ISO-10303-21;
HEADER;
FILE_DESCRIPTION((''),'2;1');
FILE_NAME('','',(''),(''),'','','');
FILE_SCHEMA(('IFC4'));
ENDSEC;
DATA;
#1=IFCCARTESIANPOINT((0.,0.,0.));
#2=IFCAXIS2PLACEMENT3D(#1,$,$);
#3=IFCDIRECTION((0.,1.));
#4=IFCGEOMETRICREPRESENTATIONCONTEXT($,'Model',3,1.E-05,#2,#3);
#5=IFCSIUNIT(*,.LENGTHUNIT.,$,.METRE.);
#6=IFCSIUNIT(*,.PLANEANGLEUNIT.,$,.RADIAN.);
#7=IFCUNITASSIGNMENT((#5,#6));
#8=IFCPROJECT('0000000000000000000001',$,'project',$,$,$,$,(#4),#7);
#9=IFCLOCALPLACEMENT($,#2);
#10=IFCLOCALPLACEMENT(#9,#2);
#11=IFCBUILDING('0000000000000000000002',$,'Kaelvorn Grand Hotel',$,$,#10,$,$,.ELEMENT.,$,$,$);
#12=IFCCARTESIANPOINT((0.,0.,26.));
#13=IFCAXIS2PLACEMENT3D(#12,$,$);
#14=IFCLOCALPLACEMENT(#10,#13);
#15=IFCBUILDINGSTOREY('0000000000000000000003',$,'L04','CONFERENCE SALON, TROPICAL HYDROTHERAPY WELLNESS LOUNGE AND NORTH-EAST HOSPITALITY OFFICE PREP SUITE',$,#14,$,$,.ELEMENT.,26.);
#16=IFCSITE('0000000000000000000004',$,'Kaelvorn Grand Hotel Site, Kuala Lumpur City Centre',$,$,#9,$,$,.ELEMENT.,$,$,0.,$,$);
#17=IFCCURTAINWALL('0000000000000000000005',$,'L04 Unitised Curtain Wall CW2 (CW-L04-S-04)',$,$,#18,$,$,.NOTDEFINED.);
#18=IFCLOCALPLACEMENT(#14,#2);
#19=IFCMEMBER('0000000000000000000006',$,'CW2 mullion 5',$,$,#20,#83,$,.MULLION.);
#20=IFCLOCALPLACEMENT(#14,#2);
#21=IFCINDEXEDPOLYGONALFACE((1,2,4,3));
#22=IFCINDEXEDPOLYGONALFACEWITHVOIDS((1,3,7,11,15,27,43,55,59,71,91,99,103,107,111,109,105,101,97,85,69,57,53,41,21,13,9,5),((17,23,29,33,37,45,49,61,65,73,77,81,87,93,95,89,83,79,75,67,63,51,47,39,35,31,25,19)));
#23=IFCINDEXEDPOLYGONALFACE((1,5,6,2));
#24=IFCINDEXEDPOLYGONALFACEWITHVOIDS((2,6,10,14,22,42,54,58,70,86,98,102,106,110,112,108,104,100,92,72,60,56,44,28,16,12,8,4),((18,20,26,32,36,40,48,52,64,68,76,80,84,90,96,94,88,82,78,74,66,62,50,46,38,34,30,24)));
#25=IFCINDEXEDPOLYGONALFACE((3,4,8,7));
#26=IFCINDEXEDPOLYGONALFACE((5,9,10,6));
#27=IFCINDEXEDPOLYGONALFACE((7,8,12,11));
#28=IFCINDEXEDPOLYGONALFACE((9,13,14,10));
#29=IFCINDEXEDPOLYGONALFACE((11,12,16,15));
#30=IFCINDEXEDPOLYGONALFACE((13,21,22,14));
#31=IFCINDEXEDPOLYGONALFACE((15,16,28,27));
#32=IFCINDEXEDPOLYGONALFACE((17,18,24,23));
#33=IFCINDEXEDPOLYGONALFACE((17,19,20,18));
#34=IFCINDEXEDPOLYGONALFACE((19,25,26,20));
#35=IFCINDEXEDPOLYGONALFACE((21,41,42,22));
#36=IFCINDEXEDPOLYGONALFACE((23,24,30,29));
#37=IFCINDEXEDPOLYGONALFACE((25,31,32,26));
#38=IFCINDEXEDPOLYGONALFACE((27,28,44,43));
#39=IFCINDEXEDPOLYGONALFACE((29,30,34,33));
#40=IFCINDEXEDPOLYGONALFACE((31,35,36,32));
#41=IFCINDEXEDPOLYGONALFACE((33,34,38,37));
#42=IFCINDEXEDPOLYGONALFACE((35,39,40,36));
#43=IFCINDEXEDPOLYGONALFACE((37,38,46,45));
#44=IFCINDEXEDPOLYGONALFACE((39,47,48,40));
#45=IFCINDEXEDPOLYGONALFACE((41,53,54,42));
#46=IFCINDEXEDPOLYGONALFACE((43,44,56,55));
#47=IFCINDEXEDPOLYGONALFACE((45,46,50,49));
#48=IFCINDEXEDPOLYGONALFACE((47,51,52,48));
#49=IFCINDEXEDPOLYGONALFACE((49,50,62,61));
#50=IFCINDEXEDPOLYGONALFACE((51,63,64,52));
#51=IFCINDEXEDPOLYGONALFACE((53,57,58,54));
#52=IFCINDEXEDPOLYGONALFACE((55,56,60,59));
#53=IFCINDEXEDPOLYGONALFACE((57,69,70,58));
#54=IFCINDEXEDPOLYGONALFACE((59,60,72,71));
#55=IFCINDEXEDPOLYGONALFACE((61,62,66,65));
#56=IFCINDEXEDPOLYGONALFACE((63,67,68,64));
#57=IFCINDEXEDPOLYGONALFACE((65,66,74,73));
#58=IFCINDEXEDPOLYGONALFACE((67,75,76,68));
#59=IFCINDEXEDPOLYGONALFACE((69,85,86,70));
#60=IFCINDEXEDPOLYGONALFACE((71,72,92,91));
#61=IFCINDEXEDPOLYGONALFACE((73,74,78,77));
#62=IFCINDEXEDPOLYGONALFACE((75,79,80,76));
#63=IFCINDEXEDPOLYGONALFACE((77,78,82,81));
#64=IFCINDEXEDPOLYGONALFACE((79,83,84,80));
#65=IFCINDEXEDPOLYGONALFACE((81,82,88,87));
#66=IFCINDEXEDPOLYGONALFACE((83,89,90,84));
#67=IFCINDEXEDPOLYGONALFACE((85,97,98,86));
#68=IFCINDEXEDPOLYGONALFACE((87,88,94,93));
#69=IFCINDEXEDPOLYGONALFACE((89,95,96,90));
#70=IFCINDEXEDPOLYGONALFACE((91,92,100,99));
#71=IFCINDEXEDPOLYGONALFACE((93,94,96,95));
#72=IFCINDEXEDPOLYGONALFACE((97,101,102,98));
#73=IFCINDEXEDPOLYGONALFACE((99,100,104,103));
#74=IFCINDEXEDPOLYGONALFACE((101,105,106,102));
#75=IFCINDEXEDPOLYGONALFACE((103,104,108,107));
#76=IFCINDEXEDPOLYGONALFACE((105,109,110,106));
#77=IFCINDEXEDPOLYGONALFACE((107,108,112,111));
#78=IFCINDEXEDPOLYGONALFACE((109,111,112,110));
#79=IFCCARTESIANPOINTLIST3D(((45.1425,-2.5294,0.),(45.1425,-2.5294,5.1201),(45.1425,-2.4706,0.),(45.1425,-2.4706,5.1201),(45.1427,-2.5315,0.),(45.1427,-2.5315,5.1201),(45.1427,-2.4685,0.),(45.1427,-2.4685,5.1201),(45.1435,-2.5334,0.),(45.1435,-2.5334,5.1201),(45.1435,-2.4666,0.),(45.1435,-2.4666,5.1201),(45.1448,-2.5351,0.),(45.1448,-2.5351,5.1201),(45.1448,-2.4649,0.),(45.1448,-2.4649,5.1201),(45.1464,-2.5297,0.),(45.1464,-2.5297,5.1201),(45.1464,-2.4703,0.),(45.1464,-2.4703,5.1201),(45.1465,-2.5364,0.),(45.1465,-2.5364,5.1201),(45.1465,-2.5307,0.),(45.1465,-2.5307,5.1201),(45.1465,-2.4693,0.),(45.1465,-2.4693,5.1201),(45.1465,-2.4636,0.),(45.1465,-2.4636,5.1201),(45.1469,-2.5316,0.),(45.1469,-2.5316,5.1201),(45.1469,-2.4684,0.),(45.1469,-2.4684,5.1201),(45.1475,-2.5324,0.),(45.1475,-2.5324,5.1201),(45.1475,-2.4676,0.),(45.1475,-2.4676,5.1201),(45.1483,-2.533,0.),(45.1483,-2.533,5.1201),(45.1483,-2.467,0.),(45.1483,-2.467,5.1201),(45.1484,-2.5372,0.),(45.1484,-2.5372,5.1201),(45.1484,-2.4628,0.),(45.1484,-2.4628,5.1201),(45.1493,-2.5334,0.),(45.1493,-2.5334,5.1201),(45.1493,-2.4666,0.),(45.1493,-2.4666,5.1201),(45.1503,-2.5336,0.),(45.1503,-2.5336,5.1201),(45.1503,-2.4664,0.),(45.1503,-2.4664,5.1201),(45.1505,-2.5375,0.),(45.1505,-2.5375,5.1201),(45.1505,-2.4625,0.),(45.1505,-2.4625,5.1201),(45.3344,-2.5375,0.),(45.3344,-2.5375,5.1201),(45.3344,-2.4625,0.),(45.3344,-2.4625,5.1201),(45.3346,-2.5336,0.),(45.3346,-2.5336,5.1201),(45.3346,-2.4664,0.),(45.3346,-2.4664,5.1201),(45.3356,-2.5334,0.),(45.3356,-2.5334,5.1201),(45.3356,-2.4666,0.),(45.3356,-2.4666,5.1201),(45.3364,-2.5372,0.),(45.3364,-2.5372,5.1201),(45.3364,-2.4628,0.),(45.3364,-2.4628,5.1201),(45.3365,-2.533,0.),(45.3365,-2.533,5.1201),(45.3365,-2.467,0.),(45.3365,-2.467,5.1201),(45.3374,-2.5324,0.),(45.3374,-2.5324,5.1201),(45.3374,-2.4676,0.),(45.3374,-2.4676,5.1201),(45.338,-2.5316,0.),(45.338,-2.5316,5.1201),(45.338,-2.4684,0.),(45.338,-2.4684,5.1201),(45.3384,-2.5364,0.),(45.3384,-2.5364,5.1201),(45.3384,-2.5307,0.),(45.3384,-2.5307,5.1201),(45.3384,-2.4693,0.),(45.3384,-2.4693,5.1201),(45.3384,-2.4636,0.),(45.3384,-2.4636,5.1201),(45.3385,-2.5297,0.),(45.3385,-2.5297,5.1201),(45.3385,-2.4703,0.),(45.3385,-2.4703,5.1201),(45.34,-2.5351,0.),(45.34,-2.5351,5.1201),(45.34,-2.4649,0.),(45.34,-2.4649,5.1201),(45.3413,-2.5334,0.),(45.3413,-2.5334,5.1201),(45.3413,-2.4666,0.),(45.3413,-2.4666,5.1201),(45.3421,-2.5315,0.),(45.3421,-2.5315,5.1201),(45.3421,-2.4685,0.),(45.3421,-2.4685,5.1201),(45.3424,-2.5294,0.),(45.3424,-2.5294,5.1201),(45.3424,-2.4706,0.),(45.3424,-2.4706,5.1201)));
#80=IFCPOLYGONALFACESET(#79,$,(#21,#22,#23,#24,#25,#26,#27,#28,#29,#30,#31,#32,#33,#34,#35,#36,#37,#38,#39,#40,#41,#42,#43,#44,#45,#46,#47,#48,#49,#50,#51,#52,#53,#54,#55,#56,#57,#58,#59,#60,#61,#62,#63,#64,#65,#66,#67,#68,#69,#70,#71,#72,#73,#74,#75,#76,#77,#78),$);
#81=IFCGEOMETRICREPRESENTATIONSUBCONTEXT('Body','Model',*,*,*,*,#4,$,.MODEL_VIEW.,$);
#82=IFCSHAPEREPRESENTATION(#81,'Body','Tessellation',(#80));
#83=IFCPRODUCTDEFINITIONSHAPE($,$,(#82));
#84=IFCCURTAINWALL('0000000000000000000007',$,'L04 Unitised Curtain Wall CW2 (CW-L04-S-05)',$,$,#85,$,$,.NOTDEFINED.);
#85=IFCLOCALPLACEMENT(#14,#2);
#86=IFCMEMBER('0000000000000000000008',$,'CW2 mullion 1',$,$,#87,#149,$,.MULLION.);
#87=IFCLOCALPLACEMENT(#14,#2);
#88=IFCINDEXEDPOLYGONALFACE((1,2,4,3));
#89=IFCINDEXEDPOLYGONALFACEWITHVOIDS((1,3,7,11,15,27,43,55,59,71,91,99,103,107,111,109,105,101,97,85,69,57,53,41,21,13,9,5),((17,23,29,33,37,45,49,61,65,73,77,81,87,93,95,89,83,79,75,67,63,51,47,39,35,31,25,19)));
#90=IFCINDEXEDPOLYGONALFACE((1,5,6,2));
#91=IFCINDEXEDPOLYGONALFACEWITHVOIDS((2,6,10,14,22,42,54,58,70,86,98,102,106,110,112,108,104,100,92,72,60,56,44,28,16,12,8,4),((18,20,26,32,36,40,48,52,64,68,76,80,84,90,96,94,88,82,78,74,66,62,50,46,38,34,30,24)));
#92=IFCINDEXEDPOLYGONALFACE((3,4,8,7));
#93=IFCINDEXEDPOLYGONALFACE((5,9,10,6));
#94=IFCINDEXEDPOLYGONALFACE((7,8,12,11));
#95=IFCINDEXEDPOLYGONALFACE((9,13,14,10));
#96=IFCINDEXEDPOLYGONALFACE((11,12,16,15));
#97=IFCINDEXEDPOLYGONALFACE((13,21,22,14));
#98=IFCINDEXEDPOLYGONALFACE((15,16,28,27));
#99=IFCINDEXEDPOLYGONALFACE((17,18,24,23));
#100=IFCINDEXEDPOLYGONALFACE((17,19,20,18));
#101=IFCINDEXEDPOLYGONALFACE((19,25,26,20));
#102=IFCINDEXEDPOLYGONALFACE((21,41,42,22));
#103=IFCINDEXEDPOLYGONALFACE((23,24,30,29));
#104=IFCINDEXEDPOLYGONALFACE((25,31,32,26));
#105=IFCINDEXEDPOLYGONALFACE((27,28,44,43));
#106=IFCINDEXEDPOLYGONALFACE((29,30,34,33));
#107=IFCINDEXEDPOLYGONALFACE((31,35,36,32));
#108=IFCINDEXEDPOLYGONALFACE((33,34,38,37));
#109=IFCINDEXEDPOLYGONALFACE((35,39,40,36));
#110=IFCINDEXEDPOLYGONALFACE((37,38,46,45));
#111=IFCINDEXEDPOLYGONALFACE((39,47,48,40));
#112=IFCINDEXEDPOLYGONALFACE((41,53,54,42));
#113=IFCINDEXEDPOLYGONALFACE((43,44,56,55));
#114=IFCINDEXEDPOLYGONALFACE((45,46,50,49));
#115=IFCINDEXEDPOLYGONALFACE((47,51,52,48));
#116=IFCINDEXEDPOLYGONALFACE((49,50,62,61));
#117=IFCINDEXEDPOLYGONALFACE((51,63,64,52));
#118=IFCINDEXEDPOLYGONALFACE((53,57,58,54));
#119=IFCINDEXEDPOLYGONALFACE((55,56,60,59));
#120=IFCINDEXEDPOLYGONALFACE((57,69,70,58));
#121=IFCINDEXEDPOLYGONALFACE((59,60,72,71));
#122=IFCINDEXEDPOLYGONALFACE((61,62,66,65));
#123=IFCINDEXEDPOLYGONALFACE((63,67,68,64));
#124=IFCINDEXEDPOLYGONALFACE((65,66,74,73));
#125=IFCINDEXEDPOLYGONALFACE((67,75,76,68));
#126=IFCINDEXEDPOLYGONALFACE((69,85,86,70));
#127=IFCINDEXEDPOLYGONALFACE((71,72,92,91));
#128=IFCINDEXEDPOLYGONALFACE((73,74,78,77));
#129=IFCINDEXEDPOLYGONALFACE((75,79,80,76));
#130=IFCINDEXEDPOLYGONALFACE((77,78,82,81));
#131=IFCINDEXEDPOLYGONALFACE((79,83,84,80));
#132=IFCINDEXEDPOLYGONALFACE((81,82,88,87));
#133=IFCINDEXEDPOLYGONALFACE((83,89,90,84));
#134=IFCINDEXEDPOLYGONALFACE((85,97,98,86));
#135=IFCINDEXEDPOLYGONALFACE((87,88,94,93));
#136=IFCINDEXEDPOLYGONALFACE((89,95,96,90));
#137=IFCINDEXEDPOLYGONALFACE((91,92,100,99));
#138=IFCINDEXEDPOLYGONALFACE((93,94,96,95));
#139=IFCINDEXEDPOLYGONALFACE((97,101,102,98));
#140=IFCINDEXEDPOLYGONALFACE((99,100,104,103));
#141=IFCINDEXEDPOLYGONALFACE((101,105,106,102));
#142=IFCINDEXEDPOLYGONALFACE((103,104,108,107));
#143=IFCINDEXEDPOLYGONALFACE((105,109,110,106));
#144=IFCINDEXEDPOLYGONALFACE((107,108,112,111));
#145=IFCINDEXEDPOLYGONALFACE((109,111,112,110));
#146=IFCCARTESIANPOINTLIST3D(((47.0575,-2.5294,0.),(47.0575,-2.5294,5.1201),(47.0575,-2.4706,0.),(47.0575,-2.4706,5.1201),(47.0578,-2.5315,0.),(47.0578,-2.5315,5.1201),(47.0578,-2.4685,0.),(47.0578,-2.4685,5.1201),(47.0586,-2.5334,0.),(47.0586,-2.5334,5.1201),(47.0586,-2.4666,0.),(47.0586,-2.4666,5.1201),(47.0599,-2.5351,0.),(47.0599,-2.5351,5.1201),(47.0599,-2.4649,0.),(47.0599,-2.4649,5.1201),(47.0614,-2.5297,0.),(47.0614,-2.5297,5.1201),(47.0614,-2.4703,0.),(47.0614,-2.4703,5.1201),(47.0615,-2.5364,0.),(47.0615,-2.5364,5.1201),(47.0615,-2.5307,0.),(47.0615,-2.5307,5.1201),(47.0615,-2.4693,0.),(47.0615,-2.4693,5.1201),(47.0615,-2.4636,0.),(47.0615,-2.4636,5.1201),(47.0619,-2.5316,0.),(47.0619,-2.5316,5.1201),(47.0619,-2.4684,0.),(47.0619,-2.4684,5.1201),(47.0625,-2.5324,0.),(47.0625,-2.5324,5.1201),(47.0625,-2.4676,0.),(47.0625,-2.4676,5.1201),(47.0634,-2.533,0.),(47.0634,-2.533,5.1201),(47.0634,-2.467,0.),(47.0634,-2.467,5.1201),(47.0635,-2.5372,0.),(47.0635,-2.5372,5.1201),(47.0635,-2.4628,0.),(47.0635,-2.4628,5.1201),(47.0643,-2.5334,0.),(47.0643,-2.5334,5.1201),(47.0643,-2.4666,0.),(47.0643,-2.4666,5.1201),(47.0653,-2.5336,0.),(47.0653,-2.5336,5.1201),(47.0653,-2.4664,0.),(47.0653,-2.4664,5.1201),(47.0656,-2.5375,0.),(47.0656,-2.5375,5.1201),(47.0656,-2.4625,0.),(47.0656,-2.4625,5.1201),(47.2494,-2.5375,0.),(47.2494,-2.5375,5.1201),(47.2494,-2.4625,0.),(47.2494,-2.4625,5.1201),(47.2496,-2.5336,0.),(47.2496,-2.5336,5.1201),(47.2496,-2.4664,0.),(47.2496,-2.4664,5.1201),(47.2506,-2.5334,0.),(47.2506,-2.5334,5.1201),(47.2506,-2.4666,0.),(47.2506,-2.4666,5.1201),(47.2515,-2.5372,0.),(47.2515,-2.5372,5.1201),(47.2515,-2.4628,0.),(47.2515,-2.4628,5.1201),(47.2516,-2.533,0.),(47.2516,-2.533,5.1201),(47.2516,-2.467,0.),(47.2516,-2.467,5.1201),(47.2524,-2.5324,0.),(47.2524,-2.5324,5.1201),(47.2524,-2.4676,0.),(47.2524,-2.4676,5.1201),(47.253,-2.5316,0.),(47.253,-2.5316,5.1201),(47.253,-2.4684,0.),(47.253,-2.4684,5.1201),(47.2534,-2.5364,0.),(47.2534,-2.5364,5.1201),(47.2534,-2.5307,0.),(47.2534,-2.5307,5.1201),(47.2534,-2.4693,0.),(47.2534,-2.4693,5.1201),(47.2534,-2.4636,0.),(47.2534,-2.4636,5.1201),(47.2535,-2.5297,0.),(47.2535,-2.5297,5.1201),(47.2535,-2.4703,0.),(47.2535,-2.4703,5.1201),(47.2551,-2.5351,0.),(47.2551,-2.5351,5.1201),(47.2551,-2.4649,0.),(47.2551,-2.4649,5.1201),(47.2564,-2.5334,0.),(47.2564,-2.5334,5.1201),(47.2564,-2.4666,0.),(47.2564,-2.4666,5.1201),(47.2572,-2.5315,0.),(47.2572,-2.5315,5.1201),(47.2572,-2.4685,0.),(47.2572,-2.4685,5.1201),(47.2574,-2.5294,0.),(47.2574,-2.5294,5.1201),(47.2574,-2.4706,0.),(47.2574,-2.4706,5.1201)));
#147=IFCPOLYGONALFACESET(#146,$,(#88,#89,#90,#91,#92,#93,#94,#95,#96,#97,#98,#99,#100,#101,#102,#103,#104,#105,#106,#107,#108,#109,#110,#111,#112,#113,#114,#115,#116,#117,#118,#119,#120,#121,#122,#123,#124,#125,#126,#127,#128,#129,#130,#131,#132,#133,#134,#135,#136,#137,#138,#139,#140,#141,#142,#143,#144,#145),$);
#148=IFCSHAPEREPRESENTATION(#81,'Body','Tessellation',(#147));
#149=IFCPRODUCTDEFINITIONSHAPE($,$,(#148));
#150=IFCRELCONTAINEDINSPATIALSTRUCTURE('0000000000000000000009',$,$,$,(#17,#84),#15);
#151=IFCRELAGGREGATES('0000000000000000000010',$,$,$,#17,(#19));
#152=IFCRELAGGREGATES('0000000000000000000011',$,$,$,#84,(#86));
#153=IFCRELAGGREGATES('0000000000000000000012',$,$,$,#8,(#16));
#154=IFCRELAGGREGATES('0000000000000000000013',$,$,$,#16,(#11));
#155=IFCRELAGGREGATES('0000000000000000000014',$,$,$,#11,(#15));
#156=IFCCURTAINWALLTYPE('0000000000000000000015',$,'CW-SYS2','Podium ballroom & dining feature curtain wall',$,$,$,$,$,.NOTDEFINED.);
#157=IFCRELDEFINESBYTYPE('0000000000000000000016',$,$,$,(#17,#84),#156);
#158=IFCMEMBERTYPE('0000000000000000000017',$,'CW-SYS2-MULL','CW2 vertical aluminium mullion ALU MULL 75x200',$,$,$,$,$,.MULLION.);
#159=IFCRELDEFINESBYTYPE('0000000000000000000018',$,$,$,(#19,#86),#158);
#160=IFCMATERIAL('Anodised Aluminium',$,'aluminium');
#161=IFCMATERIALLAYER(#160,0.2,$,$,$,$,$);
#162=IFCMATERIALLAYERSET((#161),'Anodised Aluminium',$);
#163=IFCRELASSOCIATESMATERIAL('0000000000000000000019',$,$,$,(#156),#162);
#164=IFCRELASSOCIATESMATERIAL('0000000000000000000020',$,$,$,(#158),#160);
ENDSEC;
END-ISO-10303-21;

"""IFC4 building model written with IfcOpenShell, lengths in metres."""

from ifc_helpers import new_model, si_unit, direction, frame, origin, origin_2d, place, context, subcontext, project, spatial, hollow_rectangle, extrude, material, layer, layer_set, material_profile, profile_set, type_object, element, aggregate, save


model = new_model("IFC4")

# Units and contexts
model_context = context("Model", 3, precision=1e-05, world=origin(), true_north=direction((0.0, 1.0)))
body_context = subcontext(model_context, "Body", "Model", "MODEL_VIEW")
ifc_project = project(units=[si_unit("LENGTHUNIT", "METRE"), si_unit("PLANEANGLEUNIT", "RADIAN")], contexts=[model_context])

# Site, building, storey
site_placement = place(None, origin())
site = spatial("IfcSite", under=ifc_project, at=site_placement, Name="Kaelvorn Grand Hotel Site, Kuala Lumpur City Centre", CompositionType="ELEMENT", RefElevation=0.0)
building_placement = place(site_placement, origin())
building = spatial("IfcBuilding", under=site, at=building_placement, Name="Kaelvorn Grand Hotel", CompositionType="ELEMENT")
storey_placement = place(building_placement, frame((0.0, 0.0, 26.0)))
storey = spatial("IfcBuildingStorey", under=building, at=storey_placement, Name="L04", Description="CONFERENCE SALON, TROPICAL HYDROTHERAPY WELLNESS LOUNGE AND NORTH-EAST HOSPITALITY OFFICE PREP SUITE", CompositionType="ELEMENT", Elevation=26.0)

# Curtain walls, members
ifc_material_1 = material(Name="Anodised Aluminium", Category="aluminium")
ifc_layer_1 = layer(ifc_material_1, 0.2)
ifc_layer_set_1 = layer_set([ifc_layer_1], Name="Anodised Aluminium")
curtain_wall_type = type_object("IfcCurtainWallType", Name="CW-SYS2", Description="Podium ballroom & dining feature curtain wall", PredefinedType="NOTDEFINED", material=ifc_layer_set_1)
curtain_wall_1_placement = place(storey_placement, origin())
curtain_wall_1 = element("IfcCurtainWall", 1, at=curtain_wall_1_placement, inside=storey, type_object=curtain_wall_type, Name="L04 Unitised Curtain Wall CW2 (CW-L04-S-04)", PredefinedType="NOTDEFINED")
ifc_material_profile_1 = material_profile(ifc_material_1, hollow_rectangle(XDim=0.075, YDim=0.2, WallThickness=0.0039, InnerFilletRadius=0.0039, OuterFilletRadius=0.0081, at=origin_2d()), Name="ALU MULL 75x200")
ifc_profile_set_1 = profile_set([ifc_material_profile_1], Name="Anodised Aluminium")
member_type_1 = type_object("IfcMemberType", Name="CW-SYS2-MULL", Description="CW2 vertical aluminium mullion ALU MULL 75x200", PredefinedType="MULLION", material=ifc_profile_set_1)
member_1_placement = place(storey_placement, frame((45.2424, -2.5, 0.0), z_axis=(0.0, 0.0, 1.0), x_axis=(0.0, 1.0, 0.0)))
member_1 = element("IfcMember", 2, at=member_1_placement, type_object=member_type_1, Name="CW2 mullion 5", PredefinedType="MULLION", context=body_context, shape_type="SweptSolid", body=[
    extrude(hollow_rectangle(XDim=0.075, YDim=0.2, WallThickness=0.0039, InnerFilletRadius=0.0039, OuterFilletRadius=0.0081, at=origin_2d()), origin(), (0.0, 0.0, 1.0), 5.1201),
])
curtain_wall_2_placement = place(storey_placement, origin())
curtain_wall_2 = element("IfcCurtainWall", 3, at=curtain_wall_2_placement, inside=storey, type_object=curtain_wall_type, Name="L04 Unitised Curtain Wall CW2 (CW-L04-S-05)", PredefinedType="NOTDEFINED")
member_2_placement = place(storey_placement, frame((47.1575, -2.5, 0.0), z_axis=(0.0, 0.0, 1.0), x_axis=(0.0, 1.0, 0.0)))
member_2 = element("IfcMember", 4, at=member_2_placement, type_object=member_type_1, Name="CW2 mullion 1", PredefinedType="MULLION", context=body_context, shape_type="SweptSolid", body=[
    extrude(hollow_rectangle(XDim=0.075, YDim=0.2, WallThickness=0.0039, InnerFilletRadius=0.0039, OuterFilletRadius=0.0081, at=origin_2d()), origin(), (0.0, 0.0, 1.0), 5.1201),
])

aggregate(curtain_wall_1, [member_1])
aggregate(curtain_wall_2, [member_2])

save(model, "model.ifc")
